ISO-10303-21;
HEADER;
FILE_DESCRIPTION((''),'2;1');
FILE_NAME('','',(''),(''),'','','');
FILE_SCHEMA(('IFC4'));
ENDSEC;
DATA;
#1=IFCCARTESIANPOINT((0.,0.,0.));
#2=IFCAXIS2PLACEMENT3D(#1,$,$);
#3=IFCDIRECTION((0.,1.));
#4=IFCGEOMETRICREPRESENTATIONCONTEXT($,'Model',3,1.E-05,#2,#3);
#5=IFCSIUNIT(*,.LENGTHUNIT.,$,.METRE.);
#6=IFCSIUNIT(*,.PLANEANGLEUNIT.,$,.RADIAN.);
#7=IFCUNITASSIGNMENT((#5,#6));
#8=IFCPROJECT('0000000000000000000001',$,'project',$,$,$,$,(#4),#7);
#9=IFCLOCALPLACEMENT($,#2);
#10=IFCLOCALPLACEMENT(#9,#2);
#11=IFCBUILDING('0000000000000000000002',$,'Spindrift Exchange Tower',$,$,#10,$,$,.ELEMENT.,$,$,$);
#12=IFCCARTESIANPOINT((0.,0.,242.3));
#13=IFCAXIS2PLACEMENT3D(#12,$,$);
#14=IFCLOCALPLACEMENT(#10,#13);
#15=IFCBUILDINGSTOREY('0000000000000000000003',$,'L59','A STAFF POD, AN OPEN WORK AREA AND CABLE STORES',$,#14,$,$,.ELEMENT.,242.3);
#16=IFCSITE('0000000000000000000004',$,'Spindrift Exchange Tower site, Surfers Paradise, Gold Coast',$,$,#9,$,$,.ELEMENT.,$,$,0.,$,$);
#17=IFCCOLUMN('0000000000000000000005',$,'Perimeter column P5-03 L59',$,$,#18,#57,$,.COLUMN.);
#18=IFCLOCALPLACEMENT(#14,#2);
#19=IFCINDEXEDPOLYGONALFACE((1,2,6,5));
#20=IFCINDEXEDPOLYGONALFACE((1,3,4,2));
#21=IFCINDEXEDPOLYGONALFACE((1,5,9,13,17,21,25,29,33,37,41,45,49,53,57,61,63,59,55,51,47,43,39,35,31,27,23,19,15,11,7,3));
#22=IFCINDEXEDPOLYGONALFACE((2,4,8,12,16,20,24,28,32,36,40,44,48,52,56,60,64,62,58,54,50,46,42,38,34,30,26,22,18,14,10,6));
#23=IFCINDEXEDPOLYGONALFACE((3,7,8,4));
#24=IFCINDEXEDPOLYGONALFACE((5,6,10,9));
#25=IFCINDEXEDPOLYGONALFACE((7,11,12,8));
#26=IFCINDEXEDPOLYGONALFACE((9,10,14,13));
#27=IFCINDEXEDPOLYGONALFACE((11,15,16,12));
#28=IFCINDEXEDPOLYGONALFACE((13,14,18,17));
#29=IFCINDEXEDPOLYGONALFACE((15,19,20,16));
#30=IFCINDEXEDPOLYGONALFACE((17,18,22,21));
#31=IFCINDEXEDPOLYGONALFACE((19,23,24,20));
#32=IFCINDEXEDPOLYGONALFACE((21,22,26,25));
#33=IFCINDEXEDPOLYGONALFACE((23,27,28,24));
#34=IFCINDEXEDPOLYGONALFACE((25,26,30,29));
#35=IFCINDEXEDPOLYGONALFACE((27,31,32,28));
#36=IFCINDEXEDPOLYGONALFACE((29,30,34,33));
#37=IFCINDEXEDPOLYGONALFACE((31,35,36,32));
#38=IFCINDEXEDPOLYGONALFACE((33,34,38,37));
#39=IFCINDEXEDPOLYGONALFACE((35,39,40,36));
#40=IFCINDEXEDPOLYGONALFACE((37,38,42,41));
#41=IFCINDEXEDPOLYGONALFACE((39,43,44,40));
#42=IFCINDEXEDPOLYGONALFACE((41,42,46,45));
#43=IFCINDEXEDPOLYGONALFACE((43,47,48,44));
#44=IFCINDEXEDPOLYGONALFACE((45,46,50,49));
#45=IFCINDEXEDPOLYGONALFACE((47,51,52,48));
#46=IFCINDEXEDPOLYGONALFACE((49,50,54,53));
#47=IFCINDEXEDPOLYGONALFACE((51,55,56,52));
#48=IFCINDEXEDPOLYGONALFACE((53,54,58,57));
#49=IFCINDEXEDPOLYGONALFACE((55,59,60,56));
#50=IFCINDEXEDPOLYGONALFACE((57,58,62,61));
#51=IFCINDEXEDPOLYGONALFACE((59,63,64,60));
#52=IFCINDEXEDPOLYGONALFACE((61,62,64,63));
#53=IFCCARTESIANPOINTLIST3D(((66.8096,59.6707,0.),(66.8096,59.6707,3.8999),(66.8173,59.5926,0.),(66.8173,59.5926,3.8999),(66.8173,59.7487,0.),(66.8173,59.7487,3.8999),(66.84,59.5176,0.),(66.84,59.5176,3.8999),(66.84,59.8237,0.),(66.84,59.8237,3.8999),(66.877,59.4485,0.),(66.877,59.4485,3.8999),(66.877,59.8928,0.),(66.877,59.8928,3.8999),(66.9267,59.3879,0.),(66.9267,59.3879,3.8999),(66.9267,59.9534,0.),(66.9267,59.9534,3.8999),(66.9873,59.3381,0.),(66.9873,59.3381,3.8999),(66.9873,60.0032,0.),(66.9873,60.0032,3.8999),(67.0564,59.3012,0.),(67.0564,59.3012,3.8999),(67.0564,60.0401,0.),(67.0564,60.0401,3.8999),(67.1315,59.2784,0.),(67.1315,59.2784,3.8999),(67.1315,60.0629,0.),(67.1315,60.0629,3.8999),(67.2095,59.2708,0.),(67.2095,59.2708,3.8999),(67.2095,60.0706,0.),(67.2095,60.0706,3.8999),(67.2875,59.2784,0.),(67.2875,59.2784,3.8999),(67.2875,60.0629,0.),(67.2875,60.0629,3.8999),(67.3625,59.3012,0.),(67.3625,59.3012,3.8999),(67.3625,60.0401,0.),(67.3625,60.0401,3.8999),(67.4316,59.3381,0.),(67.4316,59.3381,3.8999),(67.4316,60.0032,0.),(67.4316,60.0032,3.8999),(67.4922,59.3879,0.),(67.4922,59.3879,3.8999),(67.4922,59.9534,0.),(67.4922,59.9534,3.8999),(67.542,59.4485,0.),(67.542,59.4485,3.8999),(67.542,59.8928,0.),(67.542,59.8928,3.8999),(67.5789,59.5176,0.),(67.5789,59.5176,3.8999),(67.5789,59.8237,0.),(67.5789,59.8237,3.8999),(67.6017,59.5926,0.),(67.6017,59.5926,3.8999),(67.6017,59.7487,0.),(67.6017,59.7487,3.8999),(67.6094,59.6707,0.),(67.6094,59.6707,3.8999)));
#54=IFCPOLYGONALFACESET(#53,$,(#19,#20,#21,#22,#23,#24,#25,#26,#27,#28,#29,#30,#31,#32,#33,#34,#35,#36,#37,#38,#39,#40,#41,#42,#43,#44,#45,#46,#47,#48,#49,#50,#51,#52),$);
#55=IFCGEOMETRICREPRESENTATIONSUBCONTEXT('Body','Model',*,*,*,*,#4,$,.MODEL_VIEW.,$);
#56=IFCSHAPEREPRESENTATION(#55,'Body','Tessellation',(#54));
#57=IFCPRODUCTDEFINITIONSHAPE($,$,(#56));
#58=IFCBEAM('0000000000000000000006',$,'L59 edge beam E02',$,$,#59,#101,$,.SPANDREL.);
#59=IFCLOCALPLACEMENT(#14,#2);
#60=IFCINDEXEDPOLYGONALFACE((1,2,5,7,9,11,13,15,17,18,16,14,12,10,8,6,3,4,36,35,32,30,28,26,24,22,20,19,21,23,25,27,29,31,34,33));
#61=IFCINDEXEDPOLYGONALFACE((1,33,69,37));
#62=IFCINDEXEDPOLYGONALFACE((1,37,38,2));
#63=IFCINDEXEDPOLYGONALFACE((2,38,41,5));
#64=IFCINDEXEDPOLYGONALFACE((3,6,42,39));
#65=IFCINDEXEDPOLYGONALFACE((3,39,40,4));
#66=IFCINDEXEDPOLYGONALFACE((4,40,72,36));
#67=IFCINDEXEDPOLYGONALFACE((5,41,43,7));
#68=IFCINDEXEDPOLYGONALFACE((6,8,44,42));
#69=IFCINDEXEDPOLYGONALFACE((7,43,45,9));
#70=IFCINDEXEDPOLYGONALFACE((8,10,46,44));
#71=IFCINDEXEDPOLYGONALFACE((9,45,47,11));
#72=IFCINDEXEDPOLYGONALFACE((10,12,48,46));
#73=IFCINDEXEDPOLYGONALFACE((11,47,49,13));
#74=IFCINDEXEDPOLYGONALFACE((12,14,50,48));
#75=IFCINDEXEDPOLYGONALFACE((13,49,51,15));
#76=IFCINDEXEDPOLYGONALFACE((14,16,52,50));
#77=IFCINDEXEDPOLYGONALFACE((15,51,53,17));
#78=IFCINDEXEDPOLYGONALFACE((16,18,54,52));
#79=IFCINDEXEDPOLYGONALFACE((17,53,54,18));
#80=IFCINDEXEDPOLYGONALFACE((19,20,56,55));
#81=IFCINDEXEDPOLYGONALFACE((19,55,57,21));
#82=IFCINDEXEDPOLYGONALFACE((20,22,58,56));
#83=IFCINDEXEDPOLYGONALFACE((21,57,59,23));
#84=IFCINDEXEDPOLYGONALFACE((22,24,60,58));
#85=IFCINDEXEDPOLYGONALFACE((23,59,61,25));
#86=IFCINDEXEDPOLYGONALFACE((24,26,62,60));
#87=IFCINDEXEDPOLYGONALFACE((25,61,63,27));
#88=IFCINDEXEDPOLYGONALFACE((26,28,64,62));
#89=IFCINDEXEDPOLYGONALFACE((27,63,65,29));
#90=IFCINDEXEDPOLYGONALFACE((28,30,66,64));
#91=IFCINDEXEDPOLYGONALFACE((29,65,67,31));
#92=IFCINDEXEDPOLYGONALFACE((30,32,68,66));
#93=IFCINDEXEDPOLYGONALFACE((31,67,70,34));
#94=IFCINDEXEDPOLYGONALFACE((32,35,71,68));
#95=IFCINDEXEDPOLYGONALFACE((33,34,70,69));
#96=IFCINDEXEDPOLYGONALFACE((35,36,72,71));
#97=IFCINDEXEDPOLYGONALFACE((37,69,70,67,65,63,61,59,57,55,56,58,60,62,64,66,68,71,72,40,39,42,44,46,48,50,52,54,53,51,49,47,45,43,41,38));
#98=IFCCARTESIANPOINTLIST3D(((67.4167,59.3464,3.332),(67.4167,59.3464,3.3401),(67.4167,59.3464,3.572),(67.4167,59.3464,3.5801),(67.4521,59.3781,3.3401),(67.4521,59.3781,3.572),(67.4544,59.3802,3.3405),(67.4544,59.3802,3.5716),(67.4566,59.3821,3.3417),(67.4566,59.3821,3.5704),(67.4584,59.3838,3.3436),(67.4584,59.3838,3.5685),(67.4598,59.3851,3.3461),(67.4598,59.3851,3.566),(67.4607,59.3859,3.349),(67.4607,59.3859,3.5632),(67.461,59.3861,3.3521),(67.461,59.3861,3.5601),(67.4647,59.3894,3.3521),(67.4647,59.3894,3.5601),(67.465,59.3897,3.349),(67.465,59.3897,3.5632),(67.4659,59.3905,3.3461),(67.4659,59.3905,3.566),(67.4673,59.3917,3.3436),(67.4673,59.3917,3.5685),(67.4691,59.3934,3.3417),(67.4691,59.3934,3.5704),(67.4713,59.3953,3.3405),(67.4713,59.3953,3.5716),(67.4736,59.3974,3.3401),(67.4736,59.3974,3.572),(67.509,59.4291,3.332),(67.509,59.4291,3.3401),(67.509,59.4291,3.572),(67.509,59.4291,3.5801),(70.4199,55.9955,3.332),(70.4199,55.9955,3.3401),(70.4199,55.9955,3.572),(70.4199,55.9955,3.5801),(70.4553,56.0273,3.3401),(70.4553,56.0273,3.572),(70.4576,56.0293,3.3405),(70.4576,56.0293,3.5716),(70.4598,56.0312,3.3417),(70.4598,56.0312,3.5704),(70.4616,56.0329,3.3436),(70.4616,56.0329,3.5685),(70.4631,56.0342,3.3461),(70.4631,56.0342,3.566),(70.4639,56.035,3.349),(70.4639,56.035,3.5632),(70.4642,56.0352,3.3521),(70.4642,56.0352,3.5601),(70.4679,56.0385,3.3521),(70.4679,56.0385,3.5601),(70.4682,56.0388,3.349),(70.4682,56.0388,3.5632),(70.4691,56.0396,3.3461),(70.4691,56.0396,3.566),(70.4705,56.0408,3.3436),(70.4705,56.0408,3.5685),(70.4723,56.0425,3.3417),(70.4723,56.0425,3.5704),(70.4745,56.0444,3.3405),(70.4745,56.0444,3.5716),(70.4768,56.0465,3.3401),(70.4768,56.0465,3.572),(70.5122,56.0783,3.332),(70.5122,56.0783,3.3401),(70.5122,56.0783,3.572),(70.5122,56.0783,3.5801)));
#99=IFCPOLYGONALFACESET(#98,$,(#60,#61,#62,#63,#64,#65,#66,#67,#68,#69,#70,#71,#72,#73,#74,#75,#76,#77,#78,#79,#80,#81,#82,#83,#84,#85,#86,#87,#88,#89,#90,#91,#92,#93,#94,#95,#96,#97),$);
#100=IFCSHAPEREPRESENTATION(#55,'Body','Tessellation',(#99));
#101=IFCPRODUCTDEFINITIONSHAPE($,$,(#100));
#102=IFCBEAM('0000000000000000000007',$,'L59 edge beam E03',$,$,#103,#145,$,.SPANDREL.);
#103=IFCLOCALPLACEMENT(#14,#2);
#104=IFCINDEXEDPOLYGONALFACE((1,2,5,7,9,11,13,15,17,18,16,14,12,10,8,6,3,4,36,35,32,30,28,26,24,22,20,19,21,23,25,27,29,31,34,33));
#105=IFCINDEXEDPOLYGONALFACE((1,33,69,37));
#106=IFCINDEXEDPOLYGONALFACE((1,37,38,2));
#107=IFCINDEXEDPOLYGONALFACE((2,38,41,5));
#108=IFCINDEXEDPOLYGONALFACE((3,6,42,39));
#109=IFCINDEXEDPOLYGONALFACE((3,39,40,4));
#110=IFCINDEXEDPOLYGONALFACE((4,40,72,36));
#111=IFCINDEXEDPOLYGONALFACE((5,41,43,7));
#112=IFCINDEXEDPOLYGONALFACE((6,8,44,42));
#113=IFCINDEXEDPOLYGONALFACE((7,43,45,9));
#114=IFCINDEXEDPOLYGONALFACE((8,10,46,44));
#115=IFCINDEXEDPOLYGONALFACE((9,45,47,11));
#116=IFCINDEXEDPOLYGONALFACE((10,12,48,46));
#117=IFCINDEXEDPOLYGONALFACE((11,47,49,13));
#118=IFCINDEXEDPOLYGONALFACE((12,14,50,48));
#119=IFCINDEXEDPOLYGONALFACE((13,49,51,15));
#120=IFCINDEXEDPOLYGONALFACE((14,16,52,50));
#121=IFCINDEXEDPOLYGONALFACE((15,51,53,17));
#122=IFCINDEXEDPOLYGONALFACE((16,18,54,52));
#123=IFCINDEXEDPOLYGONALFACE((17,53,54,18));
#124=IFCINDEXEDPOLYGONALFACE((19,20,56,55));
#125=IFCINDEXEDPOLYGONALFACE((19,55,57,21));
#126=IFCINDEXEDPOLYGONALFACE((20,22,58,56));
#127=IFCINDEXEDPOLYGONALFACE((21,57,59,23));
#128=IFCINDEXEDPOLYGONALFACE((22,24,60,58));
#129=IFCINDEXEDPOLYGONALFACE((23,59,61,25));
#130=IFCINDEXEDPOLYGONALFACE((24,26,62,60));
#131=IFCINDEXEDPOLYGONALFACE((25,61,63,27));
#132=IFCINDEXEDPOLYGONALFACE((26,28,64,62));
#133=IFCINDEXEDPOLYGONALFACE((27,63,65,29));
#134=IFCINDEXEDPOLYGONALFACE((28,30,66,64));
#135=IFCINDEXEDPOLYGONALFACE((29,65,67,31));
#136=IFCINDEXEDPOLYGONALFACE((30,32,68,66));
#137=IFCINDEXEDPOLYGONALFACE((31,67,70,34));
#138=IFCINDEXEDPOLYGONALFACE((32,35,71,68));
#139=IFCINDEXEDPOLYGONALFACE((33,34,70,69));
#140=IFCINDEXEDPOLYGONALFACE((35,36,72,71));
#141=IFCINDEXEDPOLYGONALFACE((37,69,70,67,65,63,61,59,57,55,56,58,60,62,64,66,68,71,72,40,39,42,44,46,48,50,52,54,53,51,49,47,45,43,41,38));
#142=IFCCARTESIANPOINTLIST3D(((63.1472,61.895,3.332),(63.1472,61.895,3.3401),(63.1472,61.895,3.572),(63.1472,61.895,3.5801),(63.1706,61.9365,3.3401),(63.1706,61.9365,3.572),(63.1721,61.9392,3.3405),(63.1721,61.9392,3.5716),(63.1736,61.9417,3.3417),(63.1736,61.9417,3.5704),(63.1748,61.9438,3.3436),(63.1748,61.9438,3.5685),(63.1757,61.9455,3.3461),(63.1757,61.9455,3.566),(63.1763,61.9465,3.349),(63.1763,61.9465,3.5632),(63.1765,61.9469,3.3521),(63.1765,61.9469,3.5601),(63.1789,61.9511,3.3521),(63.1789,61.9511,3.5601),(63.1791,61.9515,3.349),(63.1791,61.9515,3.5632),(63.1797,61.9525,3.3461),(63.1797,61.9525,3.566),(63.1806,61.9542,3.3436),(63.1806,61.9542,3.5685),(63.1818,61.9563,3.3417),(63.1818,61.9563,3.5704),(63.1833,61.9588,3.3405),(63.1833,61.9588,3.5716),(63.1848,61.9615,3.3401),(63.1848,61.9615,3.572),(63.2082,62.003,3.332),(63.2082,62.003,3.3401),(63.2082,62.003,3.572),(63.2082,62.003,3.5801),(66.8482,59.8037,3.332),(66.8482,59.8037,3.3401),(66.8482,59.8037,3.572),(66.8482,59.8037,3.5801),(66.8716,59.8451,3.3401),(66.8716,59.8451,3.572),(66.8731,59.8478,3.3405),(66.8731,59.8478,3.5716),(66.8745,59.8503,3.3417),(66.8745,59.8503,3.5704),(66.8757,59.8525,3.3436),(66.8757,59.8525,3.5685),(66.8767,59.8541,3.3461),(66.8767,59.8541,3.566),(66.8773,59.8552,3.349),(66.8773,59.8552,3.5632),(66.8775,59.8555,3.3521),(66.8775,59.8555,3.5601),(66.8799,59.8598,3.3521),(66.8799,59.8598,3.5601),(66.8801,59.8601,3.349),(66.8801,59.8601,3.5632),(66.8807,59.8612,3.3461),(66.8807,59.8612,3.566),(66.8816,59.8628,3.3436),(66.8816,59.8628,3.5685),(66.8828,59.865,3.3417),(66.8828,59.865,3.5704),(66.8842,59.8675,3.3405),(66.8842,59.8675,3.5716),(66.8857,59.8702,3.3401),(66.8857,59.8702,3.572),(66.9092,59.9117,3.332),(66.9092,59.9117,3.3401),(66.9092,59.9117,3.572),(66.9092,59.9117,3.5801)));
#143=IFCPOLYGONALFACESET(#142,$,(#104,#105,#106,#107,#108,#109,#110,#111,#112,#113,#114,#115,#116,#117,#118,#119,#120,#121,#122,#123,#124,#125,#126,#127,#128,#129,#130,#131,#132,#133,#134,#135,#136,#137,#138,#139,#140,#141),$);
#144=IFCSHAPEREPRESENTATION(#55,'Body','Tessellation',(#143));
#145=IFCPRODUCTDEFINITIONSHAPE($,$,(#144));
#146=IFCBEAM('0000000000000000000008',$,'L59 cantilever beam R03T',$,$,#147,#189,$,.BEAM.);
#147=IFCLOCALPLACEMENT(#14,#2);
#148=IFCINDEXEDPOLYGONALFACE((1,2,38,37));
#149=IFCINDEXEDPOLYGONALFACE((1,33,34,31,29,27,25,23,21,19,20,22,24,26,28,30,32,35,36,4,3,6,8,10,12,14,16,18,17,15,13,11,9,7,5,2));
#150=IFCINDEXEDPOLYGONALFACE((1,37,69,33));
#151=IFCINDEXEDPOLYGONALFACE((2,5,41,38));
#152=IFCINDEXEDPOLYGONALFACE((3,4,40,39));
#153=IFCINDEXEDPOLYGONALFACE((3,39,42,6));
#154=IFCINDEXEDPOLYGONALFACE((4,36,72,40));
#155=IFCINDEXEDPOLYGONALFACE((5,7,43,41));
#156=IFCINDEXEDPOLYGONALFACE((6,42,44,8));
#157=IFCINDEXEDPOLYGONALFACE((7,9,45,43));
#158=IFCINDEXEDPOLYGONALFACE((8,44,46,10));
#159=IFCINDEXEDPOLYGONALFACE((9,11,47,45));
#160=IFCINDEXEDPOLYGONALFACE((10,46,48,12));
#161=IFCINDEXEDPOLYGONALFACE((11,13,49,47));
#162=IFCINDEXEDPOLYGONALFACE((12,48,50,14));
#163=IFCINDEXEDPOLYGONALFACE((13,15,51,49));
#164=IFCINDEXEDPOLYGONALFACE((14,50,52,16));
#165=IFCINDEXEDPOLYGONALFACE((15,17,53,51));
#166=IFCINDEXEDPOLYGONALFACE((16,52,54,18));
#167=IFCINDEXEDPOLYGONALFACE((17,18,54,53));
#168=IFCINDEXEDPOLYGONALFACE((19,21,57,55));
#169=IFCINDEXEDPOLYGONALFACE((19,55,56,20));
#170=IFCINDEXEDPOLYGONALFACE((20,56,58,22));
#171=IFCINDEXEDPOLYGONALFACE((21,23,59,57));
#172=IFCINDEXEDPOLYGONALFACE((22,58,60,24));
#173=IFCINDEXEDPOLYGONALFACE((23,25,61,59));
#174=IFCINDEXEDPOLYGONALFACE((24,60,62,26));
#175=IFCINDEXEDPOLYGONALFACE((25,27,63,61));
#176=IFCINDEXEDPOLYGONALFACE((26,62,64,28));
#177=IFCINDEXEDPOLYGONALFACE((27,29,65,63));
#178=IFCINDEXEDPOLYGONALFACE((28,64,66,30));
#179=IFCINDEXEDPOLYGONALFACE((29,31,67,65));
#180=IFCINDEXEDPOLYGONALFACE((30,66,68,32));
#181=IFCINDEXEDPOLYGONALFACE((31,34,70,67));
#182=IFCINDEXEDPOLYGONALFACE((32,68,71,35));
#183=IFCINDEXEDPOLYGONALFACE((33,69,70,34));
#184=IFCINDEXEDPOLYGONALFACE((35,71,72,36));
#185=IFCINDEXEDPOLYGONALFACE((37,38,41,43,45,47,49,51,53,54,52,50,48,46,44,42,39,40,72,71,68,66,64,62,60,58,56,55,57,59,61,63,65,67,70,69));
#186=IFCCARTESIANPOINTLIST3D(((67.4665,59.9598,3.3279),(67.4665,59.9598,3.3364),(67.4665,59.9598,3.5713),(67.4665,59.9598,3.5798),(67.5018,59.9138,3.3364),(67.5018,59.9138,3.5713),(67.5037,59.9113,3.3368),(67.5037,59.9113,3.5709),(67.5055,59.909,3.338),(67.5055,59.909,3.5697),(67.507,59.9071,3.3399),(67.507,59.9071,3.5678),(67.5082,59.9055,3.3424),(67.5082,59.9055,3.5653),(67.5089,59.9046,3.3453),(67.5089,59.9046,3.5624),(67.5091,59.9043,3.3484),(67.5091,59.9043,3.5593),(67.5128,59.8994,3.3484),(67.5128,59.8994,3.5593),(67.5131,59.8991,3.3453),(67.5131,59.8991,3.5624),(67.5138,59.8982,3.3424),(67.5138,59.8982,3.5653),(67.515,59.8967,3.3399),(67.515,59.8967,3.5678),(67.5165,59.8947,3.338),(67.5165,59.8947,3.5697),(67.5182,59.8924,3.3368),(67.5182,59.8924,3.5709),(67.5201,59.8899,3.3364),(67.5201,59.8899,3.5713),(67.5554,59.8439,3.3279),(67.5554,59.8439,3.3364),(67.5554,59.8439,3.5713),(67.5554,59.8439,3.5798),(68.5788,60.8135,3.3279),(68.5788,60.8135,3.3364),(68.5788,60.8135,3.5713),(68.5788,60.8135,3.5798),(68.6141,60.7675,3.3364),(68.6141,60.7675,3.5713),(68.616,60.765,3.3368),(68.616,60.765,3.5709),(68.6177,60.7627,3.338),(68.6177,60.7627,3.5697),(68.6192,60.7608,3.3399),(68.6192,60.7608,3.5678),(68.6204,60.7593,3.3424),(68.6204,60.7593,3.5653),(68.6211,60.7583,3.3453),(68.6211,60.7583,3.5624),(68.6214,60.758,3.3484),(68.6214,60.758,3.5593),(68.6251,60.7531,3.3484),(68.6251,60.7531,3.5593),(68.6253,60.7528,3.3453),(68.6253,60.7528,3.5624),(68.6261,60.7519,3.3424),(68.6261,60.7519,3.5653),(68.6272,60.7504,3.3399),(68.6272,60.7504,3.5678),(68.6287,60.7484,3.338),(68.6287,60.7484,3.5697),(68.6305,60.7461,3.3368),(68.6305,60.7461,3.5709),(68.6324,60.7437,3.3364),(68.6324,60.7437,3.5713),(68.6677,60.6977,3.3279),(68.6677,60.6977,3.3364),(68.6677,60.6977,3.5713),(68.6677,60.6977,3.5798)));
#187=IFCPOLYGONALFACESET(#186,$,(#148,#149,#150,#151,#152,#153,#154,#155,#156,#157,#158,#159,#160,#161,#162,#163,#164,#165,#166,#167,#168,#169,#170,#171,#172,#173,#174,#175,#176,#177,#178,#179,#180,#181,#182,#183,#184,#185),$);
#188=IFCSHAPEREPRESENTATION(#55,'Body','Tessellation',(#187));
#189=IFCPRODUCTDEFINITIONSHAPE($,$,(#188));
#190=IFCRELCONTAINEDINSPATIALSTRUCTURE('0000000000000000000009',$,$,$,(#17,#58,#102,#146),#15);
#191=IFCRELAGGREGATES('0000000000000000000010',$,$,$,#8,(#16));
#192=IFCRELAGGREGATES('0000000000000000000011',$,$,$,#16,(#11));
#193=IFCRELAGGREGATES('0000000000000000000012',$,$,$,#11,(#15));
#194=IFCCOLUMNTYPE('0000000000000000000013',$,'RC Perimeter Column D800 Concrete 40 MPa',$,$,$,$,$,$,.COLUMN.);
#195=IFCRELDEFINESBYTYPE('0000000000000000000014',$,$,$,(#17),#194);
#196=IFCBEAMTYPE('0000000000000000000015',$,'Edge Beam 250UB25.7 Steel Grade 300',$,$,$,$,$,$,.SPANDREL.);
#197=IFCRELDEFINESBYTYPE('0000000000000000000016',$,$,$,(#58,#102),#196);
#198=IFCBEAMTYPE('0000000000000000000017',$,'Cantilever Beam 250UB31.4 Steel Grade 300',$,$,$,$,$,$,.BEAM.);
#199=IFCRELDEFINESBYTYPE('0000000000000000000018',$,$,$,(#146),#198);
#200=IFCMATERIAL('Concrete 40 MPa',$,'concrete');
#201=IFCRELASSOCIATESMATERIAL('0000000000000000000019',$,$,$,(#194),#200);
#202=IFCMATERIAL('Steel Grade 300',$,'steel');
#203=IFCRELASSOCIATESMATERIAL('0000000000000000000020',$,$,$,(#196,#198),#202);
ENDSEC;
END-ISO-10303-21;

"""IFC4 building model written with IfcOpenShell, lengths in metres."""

from ifc_helpers import new_model, si_unit, direction, frame, origin, origin_2d, place, context, subcontext, project, spatial, circle, i_section, extrude, source, transform, mapped, material, material_profile, profile_set, type_object, element, save


model = new_model("IFC4")

# Units and contexts
model_context = context("Model", 3, precision=1e-05, world=origin(), true_north=direction((0.0, 1.0)))
body_context = subcontext(model_context, "Body", "Model", "MODEL_VIEW")
ifc_project = project(units=[si_unit("LENGTHUNIT", "METRE"), si_unit("PLANEANGLEUNIT", "RADIAN")], contexts=[model_context])

# Site, building, storey
site_placement = place(None, origin())
site = spatial("IfcSite", under=ifc_project, at=site_placement, Name="Spindrift Exchange Tower site, Surfers Paradise, Gold Coast", CompositionType="ELEMENT", RefElevation=0.0)
building_placement = place(site_placement, origin())
building = spatial("IfcBuilding", under=site, at=building_placement, Name="Spindrift Exchange Tower", CompositionType="ELEMENT")
storey_placement = place(building_placement, frame((0.0, 0.0, 242.3)))
storey = spatial("IfcBuildingStorey", under=building, at=storey_placement, Name="L59", Description="A STAFF POD, AN OPEN WORK AREA AND CABLE STORES", CompositionType="ELEMENT", Elevation=242.3)

# Column
ifc_material_1 = material(Name="Concrete 40 MPa", Category="concrete")
ifc_material_profile_1 = material_profile(ifc_material_1, circle(Radius=0.3999, at=origin_2d()), Name="RC D800")
ifc_profile_set_1 = profile_set([ifc_material_profile_1], Name="Concrete 40 MPa")
column_type = type_object("IfcColumnType", Name="RC Perimeter Column D800 Concrete 40 MPa", PredefinedType="COLUMN", material=ifc_profile_set_1)
shared_shape_1 = source(origin(), body_context, "Body", "SweptSolid", [
    extrude(circle(Radius=0.3999, at=origin_2d()), origin(), (0.0, 0.0, 1.0), 3.8999),
])
column_placement = place(storey_placement, frame((67.2095, 59.6707, 0.0), z_axis=(0.0, 0.0, 1.0), x_axis=(1.0, 0.0, 0.0)))
element("IfcColumn", 1, at=column_placement, inside=storey, type_object=column_type, Name="Perimeter column P5-03 L59", PredefinedType="COLUMN", context=body_context, shape_type="MappedRepresentation", body=[
    mapped(shared_shape_1, transform((0.0, 0.0, 0.0), scale=1.0)),
])

# Beams
ifc_material_2 = material(Name="Steel Grade 300", Category="steel")
ifc_material_profile_2 = material_profile(ifc_material_2, i_section(OverallWidth=0.124, OverallDepth=0.248, WebThickness=0.0049, FlangeThickness=0.0081, FilletRadius=0.012, at=origin_2d()), Name="250UB25.7")
ifc_profile_set_2 = profile_set([ifc_material_profile_2], Name="Steel Grade 300")
beam_type_1 = type_object("IfcBeamType", Name="Edge Beam 250UB25.7 Steel Grade 300", PredefinedType="SPANDREL", material=ifc_profile_set_2)
shared_shape_2 = source(origin(), body_context, "Body", "SweptSolid", [
    extrude(i_section(OverallWidth=0.124, OverallDepth=0.248, WebThickness=0.0049, FlangeThickness=0.0081, FilletRadius=0.012, at=origin_2d()), origin(), (0.0, 0.0, 1.0), 4.4998),
])
beam_1_placement = place(storey_placement, frame((70.4661, 56.0369, 3.4561), z_axis=(-0.66742, 0.744682, 0.0), x_axis=(-0.744682, -0.66742, 0.0)))
element("IfcBeam", 2, at=beam_1_placement, inside=storey, type_object=beam_type_1, Name="L59 edge beam E02", PredefinedType="SPANDREL", context=body_context, shape_type="MappedRepresentation", body=[
    mapped(shared_shape_2, transform((0.0, 0.0, 0.0), scale=1.0)),
])
shared_shape_3 = source(origin(), body_context, "Body", "SweptSolid", [
    extrude(i_section(OverallWidth=0.124, OverallDepth=0.248, WebThickness=0.0049, FlangeThickness=0.0081, FilletRadius=0.012, at=origin_2d()), origin(), (0.0, 0.0, 1.0), 4.251),
])
beam_2_placement = place(storey_placement, frame((66.8787, 59.8577, 3.4561), z_axis=(-0.870615, 0.491965, 0.0), x_axis=(-0.491965, -0.870615, 0.0)))
element("IfcBeam", 3, at=beam_2_placement, inside=storey, type_object=beam_type_1, Name="L59 edge beam E03", PredefinedType="SPANDREL", context=body_context, shape_type="MappedRepresentation", body=[
    mapped(shared_shape_3, transform((0.0, 0.0, 0.0), scale=1.0)),
])
ifc_material_profile_3 = material_profile(ifc_material_2, i_section(OverallWidth=0.146, OverallDepth=0.252, WebThickness=0.0061, FlangeThickness=0.0085, FilletRadius=0.012, at=origin_2d()), Name="250UB31.4")
ifc_profile_set_3 = profile_set([ifc_material_profile_3], Name="Steel Grade 300")
beam_type_2 = type_object("IfcBeamType", Name="Cantilever Beam 250UB31.4 Steel Grade 300", PredefinedType="BEAM", material=ifc_profile_set_3)
shared_shape_4 = source(origin(), body_context, "Body", "SweptSolid", [
    extrude(i_section(OverallWidth=0.146, OverallDepth=0.252, WebThickness=0.0061, FlangeThickness=0.0085, FilletRadius=0.012, at=origin_2d()), origin(), (0.0, 0.0, 1.0), 1.4021),
])
beam_3_placement = place(storey_placement, frame((67.511, 59.9019, 3.4539), z_axis=(0.793264, 0.608877, 0.0), x_axis=(-0.608877, 0.793264, 0.0)))
element("IfcBeam", 4, at=beam_3_placement, inside=storey, type_object=beam_type_2, Name="L59 cantilever beam R03T", PredefinedType="BEAM", context=body_context, shape_type="MappedRepresentation", body=[
    mapped(shared_shape_4, transform((0.0, 0.0, 0.0), scale=1.0)),
])

save(model, "model.ifc")
